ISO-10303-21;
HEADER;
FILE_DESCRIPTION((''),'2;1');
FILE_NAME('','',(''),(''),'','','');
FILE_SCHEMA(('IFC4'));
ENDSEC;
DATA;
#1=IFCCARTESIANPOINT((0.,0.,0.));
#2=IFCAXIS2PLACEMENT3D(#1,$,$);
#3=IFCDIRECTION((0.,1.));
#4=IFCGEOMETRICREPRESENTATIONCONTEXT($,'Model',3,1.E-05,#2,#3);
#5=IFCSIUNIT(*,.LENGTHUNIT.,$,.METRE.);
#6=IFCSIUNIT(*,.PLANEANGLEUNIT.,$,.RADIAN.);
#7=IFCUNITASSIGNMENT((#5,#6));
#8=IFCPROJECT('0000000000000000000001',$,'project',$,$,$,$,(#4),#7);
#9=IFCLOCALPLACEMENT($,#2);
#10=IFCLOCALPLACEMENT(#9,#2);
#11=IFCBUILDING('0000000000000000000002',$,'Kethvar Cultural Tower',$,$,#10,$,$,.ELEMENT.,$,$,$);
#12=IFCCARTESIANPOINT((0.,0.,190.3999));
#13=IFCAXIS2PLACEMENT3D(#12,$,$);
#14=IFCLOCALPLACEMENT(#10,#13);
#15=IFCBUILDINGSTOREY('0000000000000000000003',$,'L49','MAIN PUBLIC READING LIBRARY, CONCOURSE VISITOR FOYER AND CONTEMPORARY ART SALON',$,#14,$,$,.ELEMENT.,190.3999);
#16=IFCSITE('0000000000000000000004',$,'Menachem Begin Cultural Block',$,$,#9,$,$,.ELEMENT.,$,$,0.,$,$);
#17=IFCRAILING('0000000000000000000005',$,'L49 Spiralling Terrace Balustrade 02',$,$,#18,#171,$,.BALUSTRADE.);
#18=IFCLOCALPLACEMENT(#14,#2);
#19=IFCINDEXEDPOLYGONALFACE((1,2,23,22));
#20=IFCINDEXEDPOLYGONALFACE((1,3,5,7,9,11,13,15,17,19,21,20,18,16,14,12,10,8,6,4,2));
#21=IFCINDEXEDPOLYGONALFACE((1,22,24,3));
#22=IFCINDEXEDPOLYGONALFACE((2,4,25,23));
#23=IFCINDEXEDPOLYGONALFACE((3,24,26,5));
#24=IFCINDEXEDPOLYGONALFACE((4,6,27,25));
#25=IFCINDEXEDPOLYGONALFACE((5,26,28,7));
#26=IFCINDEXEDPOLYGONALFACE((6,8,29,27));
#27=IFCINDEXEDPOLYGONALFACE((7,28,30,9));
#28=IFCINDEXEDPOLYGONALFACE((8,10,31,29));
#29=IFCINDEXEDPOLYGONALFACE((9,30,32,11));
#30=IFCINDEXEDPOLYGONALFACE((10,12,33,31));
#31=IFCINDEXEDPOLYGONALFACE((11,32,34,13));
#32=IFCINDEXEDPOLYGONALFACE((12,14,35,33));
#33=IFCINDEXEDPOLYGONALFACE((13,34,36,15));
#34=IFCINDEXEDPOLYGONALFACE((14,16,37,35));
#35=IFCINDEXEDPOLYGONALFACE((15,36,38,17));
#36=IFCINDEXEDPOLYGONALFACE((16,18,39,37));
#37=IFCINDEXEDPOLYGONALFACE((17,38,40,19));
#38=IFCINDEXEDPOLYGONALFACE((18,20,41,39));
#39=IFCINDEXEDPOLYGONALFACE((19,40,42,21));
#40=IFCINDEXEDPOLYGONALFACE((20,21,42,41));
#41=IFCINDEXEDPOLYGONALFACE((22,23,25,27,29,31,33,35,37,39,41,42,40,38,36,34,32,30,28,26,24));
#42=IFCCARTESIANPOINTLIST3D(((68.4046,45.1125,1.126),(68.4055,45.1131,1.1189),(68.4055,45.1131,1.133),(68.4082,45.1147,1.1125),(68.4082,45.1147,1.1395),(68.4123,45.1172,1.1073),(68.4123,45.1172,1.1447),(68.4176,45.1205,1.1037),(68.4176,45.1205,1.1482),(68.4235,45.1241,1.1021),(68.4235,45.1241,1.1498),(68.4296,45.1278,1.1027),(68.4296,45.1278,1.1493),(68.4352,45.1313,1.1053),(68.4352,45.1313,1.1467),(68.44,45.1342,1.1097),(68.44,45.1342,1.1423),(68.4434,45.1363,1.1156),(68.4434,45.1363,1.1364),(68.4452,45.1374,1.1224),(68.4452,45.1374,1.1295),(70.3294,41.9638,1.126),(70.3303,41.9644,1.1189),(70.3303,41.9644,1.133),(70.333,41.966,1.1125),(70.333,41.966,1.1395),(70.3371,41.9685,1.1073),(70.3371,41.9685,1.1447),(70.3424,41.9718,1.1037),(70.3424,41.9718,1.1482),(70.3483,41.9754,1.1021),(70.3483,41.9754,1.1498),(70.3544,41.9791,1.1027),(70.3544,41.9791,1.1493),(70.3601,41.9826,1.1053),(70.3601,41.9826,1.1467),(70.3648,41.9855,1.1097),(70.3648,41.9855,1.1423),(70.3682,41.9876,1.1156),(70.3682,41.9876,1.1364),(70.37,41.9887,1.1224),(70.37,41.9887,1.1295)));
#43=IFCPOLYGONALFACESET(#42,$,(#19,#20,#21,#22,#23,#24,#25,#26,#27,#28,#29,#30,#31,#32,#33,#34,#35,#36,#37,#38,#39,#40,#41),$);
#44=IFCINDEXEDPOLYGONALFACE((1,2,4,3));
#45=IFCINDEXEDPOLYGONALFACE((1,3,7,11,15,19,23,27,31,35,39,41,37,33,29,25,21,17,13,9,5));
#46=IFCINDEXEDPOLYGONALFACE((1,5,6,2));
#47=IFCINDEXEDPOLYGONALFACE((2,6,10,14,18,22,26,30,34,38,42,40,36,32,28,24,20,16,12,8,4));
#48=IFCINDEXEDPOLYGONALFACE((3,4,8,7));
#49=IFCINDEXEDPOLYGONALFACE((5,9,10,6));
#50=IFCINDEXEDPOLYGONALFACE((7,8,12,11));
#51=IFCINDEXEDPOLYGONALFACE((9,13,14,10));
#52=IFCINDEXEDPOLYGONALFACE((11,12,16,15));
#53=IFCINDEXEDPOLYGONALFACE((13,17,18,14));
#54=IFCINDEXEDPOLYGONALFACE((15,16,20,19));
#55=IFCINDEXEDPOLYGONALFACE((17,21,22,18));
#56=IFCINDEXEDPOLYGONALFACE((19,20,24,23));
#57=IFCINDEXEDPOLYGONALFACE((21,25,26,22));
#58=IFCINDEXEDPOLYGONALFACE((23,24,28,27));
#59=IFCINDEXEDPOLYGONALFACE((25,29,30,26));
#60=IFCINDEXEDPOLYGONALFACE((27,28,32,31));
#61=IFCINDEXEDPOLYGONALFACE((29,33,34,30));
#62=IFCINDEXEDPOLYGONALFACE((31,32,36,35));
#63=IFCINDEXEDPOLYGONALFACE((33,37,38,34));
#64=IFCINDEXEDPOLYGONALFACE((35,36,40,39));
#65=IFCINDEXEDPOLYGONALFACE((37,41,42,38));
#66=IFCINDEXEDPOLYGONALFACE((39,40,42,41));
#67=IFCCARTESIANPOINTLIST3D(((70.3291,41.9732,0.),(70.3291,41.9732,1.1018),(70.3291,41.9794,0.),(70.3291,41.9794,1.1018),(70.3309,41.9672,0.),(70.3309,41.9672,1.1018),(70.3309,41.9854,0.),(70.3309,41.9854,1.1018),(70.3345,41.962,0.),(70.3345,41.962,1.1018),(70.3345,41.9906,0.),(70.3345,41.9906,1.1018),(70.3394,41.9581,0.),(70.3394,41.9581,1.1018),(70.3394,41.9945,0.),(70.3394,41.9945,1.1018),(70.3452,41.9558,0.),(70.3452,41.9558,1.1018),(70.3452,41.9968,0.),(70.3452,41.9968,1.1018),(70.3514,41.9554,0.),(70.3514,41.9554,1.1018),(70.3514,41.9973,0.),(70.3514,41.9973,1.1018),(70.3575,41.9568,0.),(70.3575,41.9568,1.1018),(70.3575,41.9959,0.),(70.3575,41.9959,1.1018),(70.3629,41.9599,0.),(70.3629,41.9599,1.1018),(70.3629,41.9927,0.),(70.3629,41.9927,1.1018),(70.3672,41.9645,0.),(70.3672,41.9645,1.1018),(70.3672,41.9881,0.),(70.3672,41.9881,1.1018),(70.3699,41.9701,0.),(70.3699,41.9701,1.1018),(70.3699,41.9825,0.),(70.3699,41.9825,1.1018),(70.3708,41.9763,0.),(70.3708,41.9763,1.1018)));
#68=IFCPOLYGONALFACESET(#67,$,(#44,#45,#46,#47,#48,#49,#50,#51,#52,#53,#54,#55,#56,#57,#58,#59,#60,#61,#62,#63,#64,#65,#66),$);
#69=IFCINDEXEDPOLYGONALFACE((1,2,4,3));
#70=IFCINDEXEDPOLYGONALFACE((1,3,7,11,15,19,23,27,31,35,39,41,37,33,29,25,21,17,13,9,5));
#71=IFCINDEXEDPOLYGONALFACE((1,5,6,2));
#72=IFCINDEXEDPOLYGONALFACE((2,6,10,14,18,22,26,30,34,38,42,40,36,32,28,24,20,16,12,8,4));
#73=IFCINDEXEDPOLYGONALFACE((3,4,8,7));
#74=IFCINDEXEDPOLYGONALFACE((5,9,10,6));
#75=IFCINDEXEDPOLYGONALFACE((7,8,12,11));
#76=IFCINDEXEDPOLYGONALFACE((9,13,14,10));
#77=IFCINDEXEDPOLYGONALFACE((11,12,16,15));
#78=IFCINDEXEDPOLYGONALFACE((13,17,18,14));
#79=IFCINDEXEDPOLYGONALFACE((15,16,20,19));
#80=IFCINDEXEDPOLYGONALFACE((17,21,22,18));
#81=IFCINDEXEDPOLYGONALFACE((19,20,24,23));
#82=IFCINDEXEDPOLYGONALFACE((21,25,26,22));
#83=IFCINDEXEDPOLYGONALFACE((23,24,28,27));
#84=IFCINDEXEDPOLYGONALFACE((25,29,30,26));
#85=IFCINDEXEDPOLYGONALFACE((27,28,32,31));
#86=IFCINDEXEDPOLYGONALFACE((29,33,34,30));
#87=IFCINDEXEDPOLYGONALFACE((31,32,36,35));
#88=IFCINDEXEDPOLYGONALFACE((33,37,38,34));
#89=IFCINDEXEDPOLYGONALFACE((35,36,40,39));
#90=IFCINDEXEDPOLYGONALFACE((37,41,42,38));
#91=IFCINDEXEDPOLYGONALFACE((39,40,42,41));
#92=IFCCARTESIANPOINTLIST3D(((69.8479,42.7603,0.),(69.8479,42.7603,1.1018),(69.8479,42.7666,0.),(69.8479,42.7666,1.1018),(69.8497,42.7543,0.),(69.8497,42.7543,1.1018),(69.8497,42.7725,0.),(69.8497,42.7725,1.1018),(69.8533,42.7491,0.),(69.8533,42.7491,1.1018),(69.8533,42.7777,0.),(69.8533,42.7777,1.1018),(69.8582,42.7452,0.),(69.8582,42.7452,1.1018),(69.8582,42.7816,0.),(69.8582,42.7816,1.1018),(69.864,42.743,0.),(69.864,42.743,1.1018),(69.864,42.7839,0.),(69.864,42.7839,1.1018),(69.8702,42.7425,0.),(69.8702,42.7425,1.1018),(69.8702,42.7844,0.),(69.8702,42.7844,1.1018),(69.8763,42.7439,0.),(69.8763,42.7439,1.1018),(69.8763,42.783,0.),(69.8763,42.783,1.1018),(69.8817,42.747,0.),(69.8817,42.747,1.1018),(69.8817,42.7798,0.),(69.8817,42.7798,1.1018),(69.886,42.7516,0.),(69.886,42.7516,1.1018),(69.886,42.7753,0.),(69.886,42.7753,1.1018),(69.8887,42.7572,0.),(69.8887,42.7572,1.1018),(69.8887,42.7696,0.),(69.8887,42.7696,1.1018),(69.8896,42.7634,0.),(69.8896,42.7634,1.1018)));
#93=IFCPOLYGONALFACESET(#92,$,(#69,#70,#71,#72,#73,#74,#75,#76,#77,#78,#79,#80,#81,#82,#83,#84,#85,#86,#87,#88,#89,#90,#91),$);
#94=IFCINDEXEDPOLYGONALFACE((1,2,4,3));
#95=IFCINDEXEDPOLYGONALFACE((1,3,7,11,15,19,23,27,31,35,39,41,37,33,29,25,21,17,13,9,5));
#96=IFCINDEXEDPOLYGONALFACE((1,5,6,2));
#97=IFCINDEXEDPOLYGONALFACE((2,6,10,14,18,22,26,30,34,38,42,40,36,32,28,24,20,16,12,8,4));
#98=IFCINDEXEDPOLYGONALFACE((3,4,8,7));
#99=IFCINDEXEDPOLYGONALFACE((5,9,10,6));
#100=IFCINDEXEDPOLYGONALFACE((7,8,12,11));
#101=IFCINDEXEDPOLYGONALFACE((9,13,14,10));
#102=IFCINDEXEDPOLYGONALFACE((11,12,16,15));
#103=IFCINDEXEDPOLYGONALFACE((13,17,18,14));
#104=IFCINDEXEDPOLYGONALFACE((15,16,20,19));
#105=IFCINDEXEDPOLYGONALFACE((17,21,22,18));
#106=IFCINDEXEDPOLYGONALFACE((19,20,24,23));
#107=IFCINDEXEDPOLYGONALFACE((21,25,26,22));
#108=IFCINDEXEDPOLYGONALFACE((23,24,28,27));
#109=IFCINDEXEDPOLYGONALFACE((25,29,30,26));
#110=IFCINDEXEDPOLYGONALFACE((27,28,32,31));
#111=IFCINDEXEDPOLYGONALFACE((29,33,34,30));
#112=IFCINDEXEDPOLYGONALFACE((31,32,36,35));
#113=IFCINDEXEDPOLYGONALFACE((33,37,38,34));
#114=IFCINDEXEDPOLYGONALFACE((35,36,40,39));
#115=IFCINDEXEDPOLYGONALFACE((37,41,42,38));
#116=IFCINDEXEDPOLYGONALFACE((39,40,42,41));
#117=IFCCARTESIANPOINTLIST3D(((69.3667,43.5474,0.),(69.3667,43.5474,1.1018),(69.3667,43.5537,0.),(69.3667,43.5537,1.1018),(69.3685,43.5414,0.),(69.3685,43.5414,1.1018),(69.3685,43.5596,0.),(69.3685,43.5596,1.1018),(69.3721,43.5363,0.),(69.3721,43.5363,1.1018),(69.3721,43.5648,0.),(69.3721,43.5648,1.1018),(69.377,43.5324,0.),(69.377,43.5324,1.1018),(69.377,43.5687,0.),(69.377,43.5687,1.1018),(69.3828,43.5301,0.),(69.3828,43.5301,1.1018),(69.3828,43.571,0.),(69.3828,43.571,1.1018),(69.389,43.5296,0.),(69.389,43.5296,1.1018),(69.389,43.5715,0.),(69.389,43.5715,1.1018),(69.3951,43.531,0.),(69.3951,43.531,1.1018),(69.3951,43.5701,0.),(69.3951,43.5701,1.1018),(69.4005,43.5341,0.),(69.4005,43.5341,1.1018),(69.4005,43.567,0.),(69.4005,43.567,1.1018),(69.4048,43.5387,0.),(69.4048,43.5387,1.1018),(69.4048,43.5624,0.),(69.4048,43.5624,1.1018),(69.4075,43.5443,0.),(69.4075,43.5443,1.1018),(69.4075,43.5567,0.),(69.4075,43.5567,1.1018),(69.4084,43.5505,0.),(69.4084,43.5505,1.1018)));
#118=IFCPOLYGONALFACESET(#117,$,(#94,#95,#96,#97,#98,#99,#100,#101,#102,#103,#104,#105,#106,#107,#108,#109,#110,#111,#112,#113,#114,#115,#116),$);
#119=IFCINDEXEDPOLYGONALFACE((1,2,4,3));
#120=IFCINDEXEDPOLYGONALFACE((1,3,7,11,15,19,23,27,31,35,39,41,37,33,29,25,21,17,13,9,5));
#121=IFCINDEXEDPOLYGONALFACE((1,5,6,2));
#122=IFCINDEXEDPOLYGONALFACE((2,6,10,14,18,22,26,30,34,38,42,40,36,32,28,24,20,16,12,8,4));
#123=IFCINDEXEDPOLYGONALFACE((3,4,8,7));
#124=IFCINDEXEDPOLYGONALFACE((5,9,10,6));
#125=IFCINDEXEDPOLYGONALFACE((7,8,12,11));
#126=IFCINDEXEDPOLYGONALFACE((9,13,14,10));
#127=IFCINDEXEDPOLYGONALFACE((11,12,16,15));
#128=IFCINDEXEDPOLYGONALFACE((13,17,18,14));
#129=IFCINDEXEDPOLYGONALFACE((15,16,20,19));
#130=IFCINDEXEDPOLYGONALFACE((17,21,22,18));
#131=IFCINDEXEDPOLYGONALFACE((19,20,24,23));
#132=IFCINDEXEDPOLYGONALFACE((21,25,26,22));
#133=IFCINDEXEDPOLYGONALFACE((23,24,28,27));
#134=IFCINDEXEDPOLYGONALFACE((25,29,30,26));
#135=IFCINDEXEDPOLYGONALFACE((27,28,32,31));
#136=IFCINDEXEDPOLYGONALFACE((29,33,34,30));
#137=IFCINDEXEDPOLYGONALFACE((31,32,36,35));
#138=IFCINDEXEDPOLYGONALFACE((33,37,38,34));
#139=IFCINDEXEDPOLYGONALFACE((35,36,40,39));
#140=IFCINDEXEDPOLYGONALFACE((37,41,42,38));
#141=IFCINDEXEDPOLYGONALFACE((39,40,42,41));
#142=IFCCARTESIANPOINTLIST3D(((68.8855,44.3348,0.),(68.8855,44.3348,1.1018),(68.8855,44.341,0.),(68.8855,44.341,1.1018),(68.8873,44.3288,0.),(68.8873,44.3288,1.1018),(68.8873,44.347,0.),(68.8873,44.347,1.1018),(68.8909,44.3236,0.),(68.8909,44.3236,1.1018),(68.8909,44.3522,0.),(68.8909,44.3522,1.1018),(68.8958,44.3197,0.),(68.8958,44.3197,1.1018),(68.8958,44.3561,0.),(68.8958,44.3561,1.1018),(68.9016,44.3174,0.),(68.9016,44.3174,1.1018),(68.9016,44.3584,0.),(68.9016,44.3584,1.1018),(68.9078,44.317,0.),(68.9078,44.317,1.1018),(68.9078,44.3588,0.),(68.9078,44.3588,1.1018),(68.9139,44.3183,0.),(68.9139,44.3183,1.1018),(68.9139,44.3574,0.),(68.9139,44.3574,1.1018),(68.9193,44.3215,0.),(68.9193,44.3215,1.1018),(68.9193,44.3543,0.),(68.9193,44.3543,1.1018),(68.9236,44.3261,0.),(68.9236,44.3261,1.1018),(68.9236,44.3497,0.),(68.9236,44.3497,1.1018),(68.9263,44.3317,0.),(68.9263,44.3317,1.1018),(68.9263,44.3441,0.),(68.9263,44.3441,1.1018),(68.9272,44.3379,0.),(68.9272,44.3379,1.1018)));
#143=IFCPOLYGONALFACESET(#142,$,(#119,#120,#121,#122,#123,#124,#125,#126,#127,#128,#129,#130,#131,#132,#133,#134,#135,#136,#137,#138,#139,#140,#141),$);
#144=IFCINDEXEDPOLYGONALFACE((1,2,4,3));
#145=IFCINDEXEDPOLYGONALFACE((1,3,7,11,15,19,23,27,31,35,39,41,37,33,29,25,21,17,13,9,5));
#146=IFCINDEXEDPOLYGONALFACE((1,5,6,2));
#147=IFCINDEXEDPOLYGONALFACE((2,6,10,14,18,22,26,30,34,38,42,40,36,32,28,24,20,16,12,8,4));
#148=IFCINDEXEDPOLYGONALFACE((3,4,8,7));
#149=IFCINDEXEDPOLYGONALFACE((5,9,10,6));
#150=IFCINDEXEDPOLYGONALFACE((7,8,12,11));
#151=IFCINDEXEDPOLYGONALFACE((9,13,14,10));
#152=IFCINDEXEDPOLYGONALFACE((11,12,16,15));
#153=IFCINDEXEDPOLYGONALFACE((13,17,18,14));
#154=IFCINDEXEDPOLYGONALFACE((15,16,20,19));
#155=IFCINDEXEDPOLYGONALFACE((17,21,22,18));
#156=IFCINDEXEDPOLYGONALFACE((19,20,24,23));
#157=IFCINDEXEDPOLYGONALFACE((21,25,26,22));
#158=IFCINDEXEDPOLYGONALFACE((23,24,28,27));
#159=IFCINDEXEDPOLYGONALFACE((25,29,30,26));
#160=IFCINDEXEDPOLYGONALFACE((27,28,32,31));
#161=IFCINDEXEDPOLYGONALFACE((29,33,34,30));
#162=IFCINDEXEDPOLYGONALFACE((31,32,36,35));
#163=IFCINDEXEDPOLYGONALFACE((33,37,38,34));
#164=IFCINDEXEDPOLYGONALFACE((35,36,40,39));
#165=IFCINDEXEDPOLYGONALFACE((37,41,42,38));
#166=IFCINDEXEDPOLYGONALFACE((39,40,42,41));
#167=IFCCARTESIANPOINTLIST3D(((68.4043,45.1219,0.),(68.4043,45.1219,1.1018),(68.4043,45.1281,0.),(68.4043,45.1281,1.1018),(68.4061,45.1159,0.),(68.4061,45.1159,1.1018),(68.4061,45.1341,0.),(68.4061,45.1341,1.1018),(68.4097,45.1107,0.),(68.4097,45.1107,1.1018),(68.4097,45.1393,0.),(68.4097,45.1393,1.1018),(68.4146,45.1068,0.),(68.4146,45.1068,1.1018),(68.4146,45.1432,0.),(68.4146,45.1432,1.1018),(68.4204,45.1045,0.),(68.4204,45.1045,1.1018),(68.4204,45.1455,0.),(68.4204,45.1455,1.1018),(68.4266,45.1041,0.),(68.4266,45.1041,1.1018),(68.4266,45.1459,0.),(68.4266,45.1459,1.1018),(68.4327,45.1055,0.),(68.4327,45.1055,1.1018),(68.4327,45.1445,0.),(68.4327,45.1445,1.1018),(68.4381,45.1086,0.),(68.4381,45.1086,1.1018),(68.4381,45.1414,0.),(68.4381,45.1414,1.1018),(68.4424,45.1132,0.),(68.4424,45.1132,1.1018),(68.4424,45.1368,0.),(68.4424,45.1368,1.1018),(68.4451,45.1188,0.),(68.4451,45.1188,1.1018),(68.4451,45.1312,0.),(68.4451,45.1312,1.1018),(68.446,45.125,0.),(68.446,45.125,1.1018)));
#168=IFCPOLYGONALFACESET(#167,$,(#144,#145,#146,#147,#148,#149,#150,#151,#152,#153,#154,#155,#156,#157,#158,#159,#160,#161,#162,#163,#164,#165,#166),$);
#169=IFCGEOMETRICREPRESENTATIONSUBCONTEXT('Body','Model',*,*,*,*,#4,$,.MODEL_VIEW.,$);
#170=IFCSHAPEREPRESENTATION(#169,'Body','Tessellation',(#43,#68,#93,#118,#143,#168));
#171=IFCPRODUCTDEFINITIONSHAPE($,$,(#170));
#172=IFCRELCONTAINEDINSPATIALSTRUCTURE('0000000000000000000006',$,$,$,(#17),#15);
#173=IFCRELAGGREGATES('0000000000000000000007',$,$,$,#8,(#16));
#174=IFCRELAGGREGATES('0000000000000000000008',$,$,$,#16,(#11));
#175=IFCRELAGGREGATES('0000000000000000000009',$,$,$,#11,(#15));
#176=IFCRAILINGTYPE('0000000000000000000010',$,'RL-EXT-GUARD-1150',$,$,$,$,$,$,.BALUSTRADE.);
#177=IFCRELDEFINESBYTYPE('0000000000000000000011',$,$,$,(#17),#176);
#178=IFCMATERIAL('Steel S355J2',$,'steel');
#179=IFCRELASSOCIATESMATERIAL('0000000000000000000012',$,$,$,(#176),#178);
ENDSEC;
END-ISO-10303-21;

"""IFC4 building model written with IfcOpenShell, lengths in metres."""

from ifc_helpers import new_model, si_unit, direction, frame, origin, origin_2d, place, context, subcontext, project, spatial, circle, extrude, material, type_object, element, save


model = new_model("IFC4")

# Units and contexts
model_context = context("Model", 3, precision=1e-05, world=origin(), true_north=direction((0.0, 1.0)))
body_context = subcontext(model_context, "Body", "Model", "MODEL_VIEW")
ifc_project = project(units=[si_unit("LENGTHUNIT", "METRE"), si_unit("PLANEANGLEUNIT", "RADIAN")], contexts=[model_context])

# Site, building, storey
site_placement = place(None, origin())
site = spatial("IfcSite", under=ifc_project, at=site_placement, Name="Menachem Begin Cultural Block", CompositionType="ELEMENT", RefElevation=0.0)
building_placement = place(site_placement, origin())
building = spatial("IfcBuilding", under=site, at=building_placement, Name="Kethvar Cultural Tower", CompositionType="ELEMENT")
storey_placement = place(building_placement, frame((0.0, 0.0, 190.3999)))
storey = spatial("IfcBuildingStorey", under=building, at=storey_placement, Name="L49", Description="MAIN PUBLIC READING LIBRARY, CONCOURSE VISITOR FOYER AND CONTEMPORARY ART SALON", CompositionType="ELEMENT", Elevation=190.3999)

# Shared definitions
ifc_material_1 = material(Name="Steel S355J2", Category="steel")

# Railing
railing_type = type_object("IfcRailingType", Name="RL-EXT-GUARD-1150", PredefinedType="BALUSTRADE", material=ifc_material_1)
railing_1_placement = place(storey_placement, frame((70.3499, 41.9763, 0.0)))
element("IfcRailing", 1, at=railing_1_placement, inside=storey, type_object=railing_type, Name="L49 Spiralling Terrace Balustrade 02", PredefinedType="BALUSTRADE", context=body_context, shape_type="SweptSolid", body=[
    extrude(circle(Radius=0.0239, at=origin_2d()), frame((0.0, 0.0, 1.126), z_axis=(-0.52157, 0.853208, 0.0), x_axis=(-0.853208, -0.52157, 0.0)), (0.0, 0.0, 1.0), 3.6904),
    extrude(circle(Radius=0.021, at=origin_2d()), origin(), (0.0, 0.0, 1.0), 1.1018),
    extrude(circle(Radius=0.021, at=origin_2d()), frame((-0.4812, 0.7871, 0.0)), (0.0, 0.0, 1.0), 1.1018),
    extrude(circle(Radius=0.021, at=origin_2d()), frame((-0.9624, 1.5742, 0.0)), (0.0, 0.0, 1.0), 1.1018),
    extrude(circle(Radius=0.021, at=origin_2d()), frame((-1.4436, 2.3616, 0.0)), (0.0, 0.0, 1.0), 1.1018),
    extrude(circle(Radius=0.021, at=origin_2d()), frame((-1.9248, 3.1487, 0.0)), (0.0, 0.0, 1.0), 1.1018),
])

save(model, "model.ifc")
